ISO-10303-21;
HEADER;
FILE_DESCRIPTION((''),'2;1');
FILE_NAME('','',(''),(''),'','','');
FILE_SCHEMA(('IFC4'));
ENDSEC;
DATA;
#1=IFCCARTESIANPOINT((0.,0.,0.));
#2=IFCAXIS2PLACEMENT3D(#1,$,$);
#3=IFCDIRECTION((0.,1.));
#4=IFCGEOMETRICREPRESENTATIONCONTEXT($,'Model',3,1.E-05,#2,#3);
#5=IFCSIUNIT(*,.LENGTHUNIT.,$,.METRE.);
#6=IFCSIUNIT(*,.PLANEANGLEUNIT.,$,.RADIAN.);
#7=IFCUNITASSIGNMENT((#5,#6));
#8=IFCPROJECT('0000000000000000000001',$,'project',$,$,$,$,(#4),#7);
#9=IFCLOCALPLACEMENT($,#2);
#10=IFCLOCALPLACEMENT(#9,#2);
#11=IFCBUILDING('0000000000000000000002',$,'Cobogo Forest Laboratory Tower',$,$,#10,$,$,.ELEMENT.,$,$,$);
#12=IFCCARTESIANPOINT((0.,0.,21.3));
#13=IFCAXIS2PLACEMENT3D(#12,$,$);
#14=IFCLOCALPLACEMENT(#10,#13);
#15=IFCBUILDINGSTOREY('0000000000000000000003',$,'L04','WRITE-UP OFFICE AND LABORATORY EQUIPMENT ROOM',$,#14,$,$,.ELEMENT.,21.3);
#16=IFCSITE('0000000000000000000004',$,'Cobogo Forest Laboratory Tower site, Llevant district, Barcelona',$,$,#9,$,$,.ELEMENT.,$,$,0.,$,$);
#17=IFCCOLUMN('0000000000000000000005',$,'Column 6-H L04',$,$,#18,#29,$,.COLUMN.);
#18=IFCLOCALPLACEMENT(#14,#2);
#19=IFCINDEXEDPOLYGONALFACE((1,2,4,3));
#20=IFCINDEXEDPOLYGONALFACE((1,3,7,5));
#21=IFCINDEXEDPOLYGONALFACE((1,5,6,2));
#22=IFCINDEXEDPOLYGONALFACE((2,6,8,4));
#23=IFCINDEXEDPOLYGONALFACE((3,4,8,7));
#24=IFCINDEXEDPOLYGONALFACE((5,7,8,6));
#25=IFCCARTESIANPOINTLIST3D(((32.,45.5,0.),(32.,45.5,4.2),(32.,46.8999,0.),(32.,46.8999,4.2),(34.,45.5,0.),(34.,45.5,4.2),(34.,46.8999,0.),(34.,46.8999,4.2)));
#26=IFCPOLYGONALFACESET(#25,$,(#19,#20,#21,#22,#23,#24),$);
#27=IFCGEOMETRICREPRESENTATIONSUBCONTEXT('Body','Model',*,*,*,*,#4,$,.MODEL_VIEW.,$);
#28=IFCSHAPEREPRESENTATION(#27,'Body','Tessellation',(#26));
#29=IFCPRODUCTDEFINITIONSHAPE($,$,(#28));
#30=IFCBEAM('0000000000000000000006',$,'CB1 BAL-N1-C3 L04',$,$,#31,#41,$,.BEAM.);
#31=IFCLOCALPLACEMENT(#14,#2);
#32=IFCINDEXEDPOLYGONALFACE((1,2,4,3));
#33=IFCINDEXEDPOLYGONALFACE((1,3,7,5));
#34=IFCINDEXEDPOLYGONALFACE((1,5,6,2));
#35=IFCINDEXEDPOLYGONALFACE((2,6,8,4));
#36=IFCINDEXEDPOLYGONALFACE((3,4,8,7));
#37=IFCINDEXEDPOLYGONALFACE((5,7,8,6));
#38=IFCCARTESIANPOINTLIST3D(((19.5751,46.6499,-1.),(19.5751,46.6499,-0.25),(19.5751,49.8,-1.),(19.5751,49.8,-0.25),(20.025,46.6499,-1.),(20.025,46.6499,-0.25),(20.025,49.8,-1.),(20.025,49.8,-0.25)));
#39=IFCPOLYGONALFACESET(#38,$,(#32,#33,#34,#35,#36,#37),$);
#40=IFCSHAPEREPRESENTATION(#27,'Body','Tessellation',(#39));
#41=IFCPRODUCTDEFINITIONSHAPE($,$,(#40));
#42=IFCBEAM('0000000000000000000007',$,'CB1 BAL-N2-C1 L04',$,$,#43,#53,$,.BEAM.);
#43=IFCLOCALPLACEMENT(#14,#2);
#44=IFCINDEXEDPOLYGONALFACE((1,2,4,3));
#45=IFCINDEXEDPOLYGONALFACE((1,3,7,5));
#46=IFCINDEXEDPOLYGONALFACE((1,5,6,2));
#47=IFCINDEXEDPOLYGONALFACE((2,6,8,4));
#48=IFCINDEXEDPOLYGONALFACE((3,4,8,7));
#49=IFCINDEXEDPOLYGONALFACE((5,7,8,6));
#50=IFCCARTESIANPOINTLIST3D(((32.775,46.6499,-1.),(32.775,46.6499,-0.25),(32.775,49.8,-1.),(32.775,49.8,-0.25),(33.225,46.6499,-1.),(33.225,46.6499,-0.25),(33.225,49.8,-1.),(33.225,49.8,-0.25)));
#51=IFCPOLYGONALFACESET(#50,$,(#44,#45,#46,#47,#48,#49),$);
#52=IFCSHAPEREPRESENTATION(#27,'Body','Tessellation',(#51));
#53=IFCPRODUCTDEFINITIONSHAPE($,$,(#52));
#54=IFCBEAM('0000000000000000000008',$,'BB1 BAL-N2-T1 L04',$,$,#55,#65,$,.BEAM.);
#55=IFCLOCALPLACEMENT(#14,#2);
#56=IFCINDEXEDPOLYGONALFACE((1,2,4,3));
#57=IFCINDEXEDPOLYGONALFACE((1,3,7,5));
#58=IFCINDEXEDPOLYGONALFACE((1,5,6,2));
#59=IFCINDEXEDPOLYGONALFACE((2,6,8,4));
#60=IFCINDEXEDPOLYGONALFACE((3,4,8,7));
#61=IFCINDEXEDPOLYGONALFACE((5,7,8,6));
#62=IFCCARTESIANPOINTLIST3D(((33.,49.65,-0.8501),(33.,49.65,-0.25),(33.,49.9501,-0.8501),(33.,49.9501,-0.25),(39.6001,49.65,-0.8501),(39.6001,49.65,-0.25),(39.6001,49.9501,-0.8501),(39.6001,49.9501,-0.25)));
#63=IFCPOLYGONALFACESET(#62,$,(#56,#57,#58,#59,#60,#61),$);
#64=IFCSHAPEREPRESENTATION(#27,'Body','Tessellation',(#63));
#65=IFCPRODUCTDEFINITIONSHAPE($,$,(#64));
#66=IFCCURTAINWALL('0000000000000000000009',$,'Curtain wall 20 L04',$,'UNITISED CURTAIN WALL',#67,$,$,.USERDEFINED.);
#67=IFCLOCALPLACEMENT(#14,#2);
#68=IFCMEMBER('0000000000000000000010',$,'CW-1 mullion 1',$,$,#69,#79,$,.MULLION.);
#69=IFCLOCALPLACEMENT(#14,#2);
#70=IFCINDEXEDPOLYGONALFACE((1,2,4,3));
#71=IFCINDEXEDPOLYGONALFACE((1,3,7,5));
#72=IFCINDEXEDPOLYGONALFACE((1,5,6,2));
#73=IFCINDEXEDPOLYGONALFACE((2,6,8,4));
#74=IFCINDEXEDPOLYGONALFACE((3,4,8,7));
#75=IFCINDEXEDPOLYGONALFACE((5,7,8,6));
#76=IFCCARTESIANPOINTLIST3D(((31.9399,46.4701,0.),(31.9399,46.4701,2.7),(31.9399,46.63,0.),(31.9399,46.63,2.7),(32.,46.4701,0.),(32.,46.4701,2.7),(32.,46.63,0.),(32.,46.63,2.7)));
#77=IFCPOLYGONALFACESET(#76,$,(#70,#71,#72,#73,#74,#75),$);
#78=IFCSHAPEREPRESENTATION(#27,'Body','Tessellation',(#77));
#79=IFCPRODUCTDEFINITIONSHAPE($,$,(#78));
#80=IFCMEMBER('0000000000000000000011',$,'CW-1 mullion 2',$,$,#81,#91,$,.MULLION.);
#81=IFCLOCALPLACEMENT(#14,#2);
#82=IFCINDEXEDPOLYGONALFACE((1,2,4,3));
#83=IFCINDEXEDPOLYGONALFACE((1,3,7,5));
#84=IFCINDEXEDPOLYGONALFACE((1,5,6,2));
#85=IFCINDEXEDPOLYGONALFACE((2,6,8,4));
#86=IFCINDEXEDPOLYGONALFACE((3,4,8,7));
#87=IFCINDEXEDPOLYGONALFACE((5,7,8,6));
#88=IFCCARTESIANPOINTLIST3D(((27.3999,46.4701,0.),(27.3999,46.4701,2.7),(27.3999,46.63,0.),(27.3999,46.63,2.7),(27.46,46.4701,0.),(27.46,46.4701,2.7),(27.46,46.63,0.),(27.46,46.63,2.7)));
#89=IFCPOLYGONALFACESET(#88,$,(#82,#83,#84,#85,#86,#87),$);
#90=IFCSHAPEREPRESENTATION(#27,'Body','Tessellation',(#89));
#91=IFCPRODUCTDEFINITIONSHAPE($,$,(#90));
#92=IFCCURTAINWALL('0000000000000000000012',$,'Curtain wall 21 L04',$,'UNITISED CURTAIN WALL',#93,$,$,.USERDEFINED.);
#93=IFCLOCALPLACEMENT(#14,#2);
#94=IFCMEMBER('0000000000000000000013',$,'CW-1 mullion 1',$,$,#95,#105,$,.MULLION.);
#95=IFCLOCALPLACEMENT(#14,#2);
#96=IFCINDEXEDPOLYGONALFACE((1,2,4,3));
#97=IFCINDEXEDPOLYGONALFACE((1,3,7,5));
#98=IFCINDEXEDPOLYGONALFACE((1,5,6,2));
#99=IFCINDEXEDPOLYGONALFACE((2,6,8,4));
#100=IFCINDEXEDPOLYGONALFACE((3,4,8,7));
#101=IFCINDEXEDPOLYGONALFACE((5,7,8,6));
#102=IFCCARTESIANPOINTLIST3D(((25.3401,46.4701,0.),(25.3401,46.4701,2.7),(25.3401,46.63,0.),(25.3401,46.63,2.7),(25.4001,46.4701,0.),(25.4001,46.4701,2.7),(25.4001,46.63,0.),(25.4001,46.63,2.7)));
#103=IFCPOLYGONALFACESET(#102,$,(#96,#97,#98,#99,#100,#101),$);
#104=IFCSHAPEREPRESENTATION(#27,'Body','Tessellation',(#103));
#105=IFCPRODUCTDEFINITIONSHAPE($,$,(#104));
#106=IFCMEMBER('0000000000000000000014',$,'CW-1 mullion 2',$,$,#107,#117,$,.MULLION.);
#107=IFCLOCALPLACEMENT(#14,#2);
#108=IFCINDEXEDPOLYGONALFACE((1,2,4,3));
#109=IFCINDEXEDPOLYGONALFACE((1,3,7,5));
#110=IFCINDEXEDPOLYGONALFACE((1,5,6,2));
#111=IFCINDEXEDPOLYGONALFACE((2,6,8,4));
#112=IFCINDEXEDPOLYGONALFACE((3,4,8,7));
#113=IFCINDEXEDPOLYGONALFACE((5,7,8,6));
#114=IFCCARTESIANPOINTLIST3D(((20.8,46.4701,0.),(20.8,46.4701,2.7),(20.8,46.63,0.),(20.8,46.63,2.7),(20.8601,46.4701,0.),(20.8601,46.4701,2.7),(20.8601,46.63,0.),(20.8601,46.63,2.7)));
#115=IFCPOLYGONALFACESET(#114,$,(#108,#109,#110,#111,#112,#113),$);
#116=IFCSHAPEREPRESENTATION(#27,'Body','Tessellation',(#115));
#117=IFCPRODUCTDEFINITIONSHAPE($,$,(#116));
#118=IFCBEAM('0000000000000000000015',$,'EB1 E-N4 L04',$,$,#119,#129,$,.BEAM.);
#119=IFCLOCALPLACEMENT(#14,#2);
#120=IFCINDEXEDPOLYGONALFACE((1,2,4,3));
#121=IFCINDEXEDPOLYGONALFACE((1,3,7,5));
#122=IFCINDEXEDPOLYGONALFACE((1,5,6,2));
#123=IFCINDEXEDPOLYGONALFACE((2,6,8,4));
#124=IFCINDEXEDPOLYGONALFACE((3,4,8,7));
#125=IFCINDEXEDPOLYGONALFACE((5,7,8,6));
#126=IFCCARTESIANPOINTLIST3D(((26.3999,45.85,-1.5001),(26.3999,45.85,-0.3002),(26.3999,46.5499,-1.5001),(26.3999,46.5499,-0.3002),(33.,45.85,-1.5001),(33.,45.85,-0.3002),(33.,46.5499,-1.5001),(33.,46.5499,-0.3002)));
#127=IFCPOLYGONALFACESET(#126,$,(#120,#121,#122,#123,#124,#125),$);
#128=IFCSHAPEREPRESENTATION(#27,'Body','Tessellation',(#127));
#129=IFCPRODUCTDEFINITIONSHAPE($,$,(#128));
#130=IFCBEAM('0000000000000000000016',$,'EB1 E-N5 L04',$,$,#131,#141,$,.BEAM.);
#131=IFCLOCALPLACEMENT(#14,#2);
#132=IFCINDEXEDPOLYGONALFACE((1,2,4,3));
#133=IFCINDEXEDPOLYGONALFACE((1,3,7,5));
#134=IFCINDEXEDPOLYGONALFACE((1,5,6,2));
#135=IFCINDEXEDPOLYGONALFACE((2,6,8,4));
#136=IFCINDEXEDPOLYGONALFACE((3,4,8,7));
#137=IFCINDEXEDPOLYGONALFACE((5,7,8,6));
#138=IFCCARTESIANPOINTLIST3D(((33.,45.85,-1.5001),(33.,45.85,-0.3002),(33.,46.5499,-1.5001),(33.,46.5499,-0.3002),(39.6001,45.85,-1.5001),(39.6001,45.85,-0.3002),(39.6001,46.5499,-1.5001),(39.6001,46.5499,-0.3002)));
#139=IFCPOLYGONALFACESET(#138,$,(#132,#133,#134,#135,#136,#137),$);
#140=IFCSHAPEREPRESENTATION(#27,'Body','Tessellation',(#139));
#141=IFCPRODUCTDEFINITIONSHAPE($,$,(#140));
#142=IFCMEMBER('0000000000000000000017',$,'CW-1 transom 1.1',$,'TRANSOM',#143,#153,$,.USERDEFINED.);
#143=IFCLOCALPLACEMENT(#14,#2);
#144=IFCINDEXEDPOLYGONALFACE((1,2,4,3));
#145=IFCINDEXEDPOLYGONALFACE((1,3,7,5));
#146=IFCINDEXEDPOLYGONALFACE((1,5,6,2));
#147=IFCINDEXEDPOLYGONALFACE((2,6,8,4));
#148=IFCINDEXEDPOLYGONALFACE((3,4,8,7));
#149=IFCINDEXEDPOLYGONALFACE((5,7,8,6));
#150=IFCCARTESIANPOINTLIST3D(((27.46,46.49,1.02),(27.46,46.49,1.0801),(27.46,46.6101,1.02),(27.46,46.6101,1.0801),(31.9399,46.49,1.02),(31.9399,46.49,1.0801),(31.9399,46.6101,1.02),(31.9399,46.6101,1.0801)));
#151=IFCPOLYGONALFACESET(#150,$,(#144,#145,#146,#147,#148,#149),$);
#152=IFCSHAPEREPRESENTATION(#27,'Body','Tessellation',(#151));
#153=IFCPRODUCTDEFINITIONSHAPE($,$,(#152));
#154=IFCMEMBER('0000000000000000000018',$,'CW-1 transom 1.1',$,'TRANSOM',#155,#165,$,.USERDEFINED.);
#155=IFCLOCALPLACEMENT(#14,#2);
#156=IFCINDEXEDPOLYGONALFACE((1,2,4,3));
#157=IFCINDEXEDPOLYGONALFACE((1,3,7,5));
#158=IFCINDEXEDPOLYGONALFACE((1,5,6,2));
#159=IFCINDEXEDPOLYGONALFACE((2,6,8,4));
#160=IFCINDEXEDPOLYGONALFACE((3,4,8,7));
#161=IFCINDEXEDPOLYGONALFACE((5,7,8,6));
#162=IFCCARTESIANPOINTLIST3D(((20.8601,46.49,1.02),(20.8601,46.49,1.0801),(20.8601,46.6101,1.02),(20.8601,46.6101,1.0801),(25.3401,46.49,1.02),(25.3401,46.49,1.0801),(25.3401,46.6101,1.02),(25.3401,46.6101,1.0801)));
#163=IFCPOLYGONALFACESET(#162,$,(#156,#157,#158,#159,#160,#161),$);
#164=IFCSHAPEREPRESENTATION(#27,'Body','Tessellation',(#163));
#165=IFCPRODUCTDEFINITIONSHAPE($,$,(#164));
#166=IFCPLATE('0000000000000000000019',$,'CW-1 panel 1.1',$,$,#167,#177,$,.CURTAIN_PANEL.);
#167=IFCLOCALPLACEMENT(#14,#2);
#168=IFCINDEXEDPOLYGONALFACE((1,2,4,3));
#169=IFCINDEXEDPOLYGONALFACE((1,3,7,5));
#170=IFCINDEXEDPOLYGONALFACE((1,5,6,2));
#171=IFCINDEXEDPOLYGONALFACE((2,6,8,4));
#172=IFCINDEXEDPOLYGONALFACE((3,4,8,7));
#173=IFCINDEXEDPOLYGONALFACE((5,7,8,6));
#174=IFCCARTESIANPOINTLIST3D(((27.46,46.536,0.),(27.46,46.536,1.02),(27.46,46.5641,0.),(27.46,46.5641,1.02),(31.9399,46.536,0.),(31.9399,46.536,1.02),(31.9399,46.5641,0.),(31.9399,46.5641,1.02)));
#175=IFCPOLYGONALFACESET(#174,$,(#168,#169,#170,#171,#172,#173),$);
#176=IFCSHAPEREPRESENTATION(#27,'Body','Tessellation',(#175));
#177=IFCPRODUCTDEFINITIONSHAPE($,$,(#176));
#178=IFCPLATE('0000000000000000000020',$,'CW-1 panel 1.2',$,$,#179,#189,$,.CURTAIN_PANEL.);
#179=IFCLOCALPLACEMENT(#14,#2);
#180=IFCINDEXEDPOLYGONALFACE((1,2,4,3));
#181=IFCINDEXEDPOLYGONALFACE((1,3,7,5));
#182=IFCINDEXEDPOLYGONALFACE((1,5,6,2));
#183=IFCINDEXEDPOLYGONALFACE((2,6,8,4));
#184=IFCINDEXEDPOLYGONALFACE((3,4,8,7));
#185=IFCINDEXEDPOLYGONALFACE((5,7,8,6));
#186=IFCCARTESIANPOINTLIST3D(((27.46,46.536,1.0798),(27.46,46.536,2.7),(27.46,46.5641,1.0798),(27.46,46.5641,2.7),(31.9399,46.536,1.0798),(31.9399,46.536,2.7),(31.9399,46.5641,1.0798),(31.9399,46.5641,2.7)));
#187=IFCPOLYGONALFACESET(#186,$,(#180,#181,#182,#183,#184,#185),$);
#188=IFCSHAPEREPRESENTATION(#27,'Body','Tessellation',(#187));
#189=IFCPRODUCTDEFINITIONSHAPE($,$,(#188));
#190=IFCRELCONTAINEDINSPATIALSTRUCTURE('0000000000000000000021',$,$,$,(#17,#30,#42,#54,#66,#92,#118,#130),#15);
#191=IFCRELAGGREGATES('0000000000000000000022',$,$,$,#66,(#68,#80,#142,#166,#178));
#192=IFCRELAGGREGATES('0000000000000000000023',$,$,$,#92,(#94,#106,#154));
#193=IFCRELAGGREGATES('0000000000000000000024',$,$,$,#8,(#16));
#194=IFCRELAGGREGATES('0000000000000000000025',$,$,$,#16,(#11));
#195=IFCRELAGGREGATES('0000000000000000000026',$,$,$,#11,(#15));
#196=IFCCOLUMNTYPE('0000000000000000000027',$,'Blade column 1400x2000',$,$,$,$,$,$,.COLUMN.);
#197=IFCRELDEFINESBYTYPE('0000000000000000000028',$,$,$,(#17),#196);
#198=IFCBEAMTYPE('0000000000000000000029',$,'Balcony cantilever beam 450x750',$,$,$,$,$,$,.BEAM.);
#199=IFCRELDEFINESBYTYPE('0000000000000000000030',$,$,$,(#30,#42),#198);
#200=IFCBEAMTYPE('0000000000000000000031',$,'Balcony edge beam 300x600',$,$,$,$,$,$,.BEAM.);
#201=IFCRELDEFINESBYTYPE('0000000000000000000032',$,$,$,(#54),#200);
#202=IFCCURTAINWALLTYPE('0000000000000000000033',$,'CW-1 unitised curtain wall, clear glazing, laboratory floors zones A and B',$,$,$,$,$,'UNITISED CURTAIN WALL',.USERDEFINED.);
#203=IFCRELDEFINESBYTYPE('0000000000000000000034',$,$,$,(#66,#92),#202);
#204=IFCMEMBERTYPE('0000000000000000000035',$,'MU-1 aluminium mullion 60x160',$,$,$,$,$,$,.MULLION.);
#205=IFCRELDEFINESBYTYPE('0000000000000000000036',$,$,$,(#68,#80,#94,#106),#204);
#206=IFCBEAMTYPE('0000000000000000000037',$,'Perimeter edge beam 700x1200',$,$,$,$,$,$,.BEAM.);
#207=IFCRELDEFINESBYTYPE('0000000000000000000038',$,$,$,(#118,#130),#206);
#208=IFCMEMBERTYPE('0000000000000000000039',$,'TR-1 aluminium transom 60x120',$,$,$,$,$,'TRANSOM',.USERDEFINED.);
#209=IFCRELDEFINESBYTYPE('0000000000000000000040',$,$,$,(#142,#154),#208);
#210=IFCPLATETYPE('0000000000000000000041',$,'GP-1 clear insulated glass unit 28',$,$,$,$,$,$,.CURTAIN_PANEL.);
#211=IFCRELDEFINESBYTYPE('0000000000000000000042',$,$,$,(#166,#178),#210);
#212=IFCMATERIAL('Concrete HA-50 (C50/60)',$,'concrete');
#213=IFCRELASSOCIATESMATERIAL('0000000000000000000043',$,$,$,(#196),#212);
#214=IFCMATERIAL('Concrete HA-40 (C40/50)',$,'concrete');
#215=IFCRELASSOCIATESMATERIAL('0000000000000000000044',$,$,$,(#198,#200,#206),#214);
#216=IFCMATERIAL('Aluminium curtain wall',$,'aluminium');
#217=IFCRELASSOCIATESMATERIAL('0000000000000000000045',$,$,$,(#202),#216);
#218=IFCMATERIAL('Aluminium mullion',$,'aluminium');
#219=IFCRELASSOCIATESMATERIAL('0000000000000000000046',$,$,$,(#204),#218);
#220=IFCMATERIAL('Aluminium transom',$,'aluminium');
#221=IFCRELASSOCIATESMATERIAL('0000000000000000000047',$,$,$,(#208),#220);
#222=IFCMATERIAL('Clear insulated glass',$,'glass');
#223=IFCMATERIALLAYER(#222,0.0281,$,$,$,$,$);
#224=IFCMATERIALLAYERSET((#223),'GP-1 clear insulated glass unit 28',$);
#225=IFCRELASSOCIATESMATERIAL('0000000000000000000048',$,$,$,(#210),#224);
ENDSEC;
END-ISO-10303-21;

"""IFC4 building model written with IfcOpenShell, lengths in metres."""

from ifc_helpers import new_model, si_unit, direction, frame, origin, origin_2d, place, context, subcontext, project, spatial, rectangle, extrude, material, layer, layer_set, material_profile, profile_set, type_object, element, aggregate, save


model = new_model("IFC4")

# Units and contexts
model_context = context("Model", 3, precision=1e-05, world=origin(), true_north=direction((0.0, 1.0)))
body_context = subcontext(model_context, "Body", "Model", "MODEL_VIEW")
ifc_project = project(units=[si_unit("LENGTHUNIT", "METRE"), si_unit("PLANEANGLEUNIT", "RADIAN")], contexts=[model_context])

# Site, building, storey
site_placement = place(None, origin())
site = spatial("IfcSite", under=ifc_project, at=site_placement, Name="Cobogo Forest Laboratory Tower site, Llevant district, Barcelona", CompositionType="ELEMENT", RefElevation=0.0)
building_placement = place(site_placement, origin())
building = spatial("IfcBuilding", under=site, at=building_placement, Name="Cobogo Forest Laboratory Tower", CompositionType="ELEMENT")
storey_placement = place(building_placement, frame((0.0, 0.0, 21.3)))
storey = spatial("IfcBuildingStorey", under=building, at=storey_placement, Name="L04", Description="WRITE-UP OFFICE AND LABORATORY EQUIPMENT ROOM", CompositionType="ELEMENT", Elevation=21.3)

# Column
ifc_material_1 = material(Name="Concrete HA-50 (C50/60)", Category="concrete")
ifc_material_profile_1 = material_profile(ifc_material_1, rectangle(XDim=2.0, YDim=1.3999, at=origin_2d()), Name="RC 1400x2000")
ifc_profile_set_1 = profile_set([ifc_material_profile_1], Name="Concrete HA-50 (C50/60)")
column_type = type_object("IfcColumnType", Name="Blade column 1400x2000", PredefinedType="COLUMN", material=ifc_profile_set_1)
column_placement = place(storey_placement, frame((33.0, 46.2, 0.0), z_axis=(0.0, 0.0, 1.0), x_axis=(1.0, 0.0, 0.0)))
element("IfcColumn", 1, at=column_placement, inside=storey, type_object=column_type, Name="Column 6-H L04", PredefinedType="COLUMN", context=body_context, shape_type="SweptSolid", body=[
    extrude(rectangle(XDim=2.0, YDim=1.3999, at=origin_2d()), origin(), (0.0, 0.0, 1.0), 4.2),
])

# Beams
ifc_material_2 = material(Name="Concrete HA-40 (C40/50)", Category="concrete")
ifc_material_profile_2 = material_profile(ifc_material_2, rectangle(XDim=0.45, YDim=0.75, at=origin_2d()), Name="RC 450x750")
ifc_profile_set_2 = profile_set([ifc_material_profile_2], Name="Concrete HA-40 (C40/50)")
beam_type_1 = type_object("IfcBeamType", Name="Balcony cantilever beam 450x750", PredefinedType="BEAM", material=ifc_profile_set_2)
for number, where, z_axis, x_axis, name in (
    (2, (19.8, 46.6499, -0.625), (0.0, 1.0, 0.0), (-1.0, 0.0, 0.0), "CB1 BAL-N1-C3 L04"),
    (3, (33.0, 46.6499, -0.625), (0.0, 1.0, 0.0), (-1.0, 0.0, 0.0), "CB1 BAL-N2-C1 L04"),
):
    element("IfcBeam", number, at=place(storey_placement, frame(where, z_axis=z_axis, x_axis=x_axis)), inside=storey, type_object=beam_type_1, Name=name, PredefinedType="BEAM", context=body_context, shape_type="SweptSolid", body=[
        extrude(rectangle(XDim=0.45, YDim=0.75, at=origin_2d()), origin(), (0.0, 0.0, 1.0), 3.1501),
    ])
ifc_material_profile_3 = material_profile(ifc_material_2, rectangle(XDim=0.3, YDim=0.6001, at=origin_2d()), Name="RC 300x600")
ifc_profile_set_3 = profile_set([ifc_material_profile_3], Name="Concrete HA-40 (C40/50)")
beam_type_2 = type_object("IfcBeamType", Name="Balcony edge beam 300x600", PredefinedType="BEAM", material=ifc_profile_set_3)
beam_placement = place(storey_placement, frame((33.0, 49.8, -0.55), z_axis=(1.0, 0.0, 0.0), x_axis=(0.0, 1.0, 0.0)))
element("IfcBeam", 4, at=beam_placement, inside=storey, type_object=beam_type_2, Name="BB1 BAL-N2-T1 L04", PredefinedType="BEAM", context=body_context, shape_type="SweptSolid", body=[
    extrude(rectangle(XDim=0.3, YDim=0.6001, at=origin_2d()), origin(), (0.0, 0.0, 1.0), 6.6001),
])

# Curtain walls, members
ifc_material_3 = material(Name="Aluminium curtain wall", Category="aluminium")
curtain_wall_type = type_object("IfcCurtainWallType", Name="CW-1 unitised curtain wall, clear glazing, laboratory floors zones A and B", ElementType="UNITISED CURTAIN WALL", PredefinedType="USERDEFINED", material=ifc_material_3)
curtain_wall_1_placement = place(storey_placement, origin())
curtain_wall_1 = element("IfcCurtainWall", 5, at=curtain_wall_1_placement, inside=storey, type_object=curtain_wall_type, Name="Curtain wall 20 L04", ObjectType="UNITISED CURTAIN WALL", PredefinedType="USERDEFINED")
ifc_material_4 = material(Name="Aluminium mullion", Category="aluminium")
ifc_material_profile_4 = material_profile(ifc_material_4, rectangle(XDim=0.0601, YDim=0.1599, at=origin_2d()), Name="AL 60x160")
ifc_profile_set_4 = profile_set([ifc_material_profile_4], Name="Aluminium mullion")
member_type_1 = type_object("IfcMemberType", Name="MU-1 aluminium mullion 60x160", PredefinedType="MULLION", material=ifc_profile_set_4)
member_1_placement = place(storey_placement, frame((31.97, 46.55, 0.0), z_axis=(0.0, 0.0, 1.0), x_axis=(-1.0, 0.0, 0.0)))
member_1 = element("IfcMember", 6, at=member_1_placement, type_object=member_type_1, Name="CW-1 mullion 1", PredefinedType="MULLION", context=body_context, shape_type="SweptSolid", body=[
    extrude(rectangle(XDim=0.0601, YDim=0.1599, at=origin_2d()), origin(), (0.0, 0.0, 1.0), 2.7),
])
member_2_placement = place(storey_placement, frame((27.4299, 46.55, 0.0), z_axis=(0.0, 0.0, 1.0), x_axis=(-1.0, 0.0, 0.0)))
member_2 = element("IfcMember", 7, at=member_2_placement, type_object=member_type_1, Name="CW-1 mullion 2", PredefinedType="MULLION", context=body_context, shape_type="SweptSolid", body=[
    extrude(rectangle(XDim=0.0601, YDim=0.1599, at=origin_2d()), origin(), (0.0, 0.0, 1.0), 2.7),
])
curtain_wall_2_placement = place(storey_placement, origin())
curtain_wall_2 = element("IfcCurtainWall", 8, at=curtain_wall_2_placement, inside=storey, type_object=curtain_wall_type, Name="Curtain wall 21 L04", ObjectType="UNITISED CURTAIN WALL", PredefinedType="USERDEFINED")
member_3_placement = place(storey_placement, frame((25.3701, 46.55, 0.0), z_axis=(0.0, 0.0, 1.0), x_axis=(-1.0, 0.0, 0.0)))
member_3 = element("IfcMember", 9, at=member_3_placement, type_object=member_type_1, Name="CW-1 mullion 1", PredefinedType="MULLION", context=body_context, shape_type="SweptSolid", body=[
    extrude(rectangle(XDim=0.0601, YDim=0.1599, at=origin_2d()), origin(), (0.0, 0.0, 1.0), 2.7),
])
member_4_placement = place(storey_placement, frame((20.8301, 46.55, 0.0), z_axis=(0.0, 0.0, 1.0), x_axis=(-1.0, 0.0, 0.0)))
member_4 = element("IfcMember", 10, at=member_4_placement, type_object=member_type_1, Name="CW-1 mullion 2", PredefinedType="MULLION", context=body_context, shape_type="SweptSolid", body=[
    extrude(rectangle(XDim=0.0601, YDim=0.1599, at=origin_2d()), origin(), (0.0, 0.0, 1.0), 2.7),
])

# Beams
ifc_material_profile_5 = material_profile(ifc_material_2, rectangle(XDim=0.7, YDim=1.2, at=origin_2d()), Name="RC 700x1200")
ifc_profile_set_5 = profile_set([ifc_material_profile_5], Name="Concrete HA-40 (C40/50)")
beam_type_3 = type_object("IfcBeamType", Name="Perimeter edge beam 700x1200", PredefinedType="BEAM", material=ifc_profile_set_5)
for number, where, z_axis, x_axis, name in (
    (11, (26.3999, 46.2, -0.9001), (1.0, 0.0, 0.0), (0.0, 1.0, 0.0), "EB1 E-N4 L04"),
    (12, (33.0, 46.2, -0.9001), (1.0, 0.0, 0.0), (0.0, 1.0, 0.0), "EB1 E-N5 L04"),
):
    element("IfcBeam", number, at=place(storey_placement, frame(where, z_axis=z_axis, x_axis=x_axis)), inside=storey, type_object=beam_type_3, Name=name, PredefinedType="BEAM", context=body_context, shape_type="SweptSolid", body=[
        extrude(rectangle(XDim=0.7, YDim=1.2, at=origin_2d()), origin(), (0.0, 0.0, 1.0), 6.6001),
    ])

# Members
ifc_material_5 = material(Name="Aluminium transom", Category="aluminium")
ifc_material_profile_6 = material_profile(ifc_material_5, rectangle(XDim=0.1201, YDim=0.0601, at=origin_2d()), Name="AL 60x120")
ifc_profile_set_6 = profile_set([ifc_material_profile_6], Name="Aluminium transom")
member_type_2 = type_object("IfcMemberType", Name="TR-1 aluminium transom 60x120", ElementType="TRANSOM", PredefinedType="USERDEFINED", material=ifc_profile_set_6)
member_5_placement = place(storey_placement, frame((31.9399, 46.55, 1.05), z_axis=(-1.0, 0.0, 0.0), x_axis=(0.0, -1.0, 0.0)))
member_5 = element("IfcMember", 13, at=member_5_placement, type_object=member_type_2, Name="CW-1 transom 1.1", ObjectType="TRANSOM", PredefinedType="USERDEFINED", context=body_context, shape_type="SweptSolid", body=[
    extrude(rectangle(XDim=0.1201, YDim=0.0601, at=origin_2d()), origin(), (0.0, 0.0, 1.0), 4.48),
])
member_6_placement = place(storey_placement, frame((25.3401, 46.55, 1.05), z_axis=(-1.0, 0.0, 0.0), x_axis=(0.0, -1.0, 0.0)))
member_6 = element("IfcMember", 14, at=member_6_placement, type_object=member_type_2, Name="CW-1 transom 1.1", ObjectType="TRANSOM", PredefinedType="USERDEFINED", context=body_context, shape_type="SweptSolid", body=[
    extrude(rectangle(XDim=0.1201, YDim=0.0601, at=origin_2d()), origin(), (0.0, 0.0, 1.0), 4.48),
])

# Plates
ifc_material_6 = material(Name="Clear insulated glass", Category="glass")
ifc_layer = layer(ifc_material_6, 0.0281)
ifc_layer_set = layer_set([ifc_layer], Name="GP-1 clear insulated glass unit 28")
plate_type_1 = type_object("IfcPlateType", Name="GP-1 clear insulated glass unit 28", PredefinedType="CURTAIN_PANEL", material=ifc_layer_set)
plate_1_placement = place(storey_placement, frame((29.7, 46.55, 0.0), z_axis=(0.0, 0.0, 1.0), x_axis=(-1.0, 0.0, 0.0)))
plate_1 = element("IfcPlate", 15, at=plate_1_placement, type_object=plate_type_1, Name="CW-1 panel 1.1", PredefinedType="CURTAIN_PANEL", context=body_context, shape_type="SweptSolid", body=[
    extrude(rectangle(XDim=4.48, YDim=0.0281, at=origin_2d()), origin(), (0.0, 0.0, 1.0), 1.02),
])
plate_2_placement = place(storey_placement, frame((29.7, 46.55, 1.0798), z_axis=(0.0, 0.0, 1.0), x_axis=(-1.0, 0.0, 0.0)))
plate_2 = element("IfcPlate", 16, at=plate_2_placement, type_object=plate_type_1, Name="CW-1 panel 1.2", PredefinedType="CURTAIN_PANEL", context=body_context, shape_type="SweptSolid", body=[
    extrude(rectangle(XDim=4.48, YDim=0.0281, at=origin_2d()), origin(), (0.0, 0.0, 1.0), 1.6201),
])
aggregate(curtain_wall_1, [member_1, member_2, member_5, plate_1, plate_2])
aggregate(curtain_wall_2, [member_3, member_4, member_6])

save(model, "model.ifc")
